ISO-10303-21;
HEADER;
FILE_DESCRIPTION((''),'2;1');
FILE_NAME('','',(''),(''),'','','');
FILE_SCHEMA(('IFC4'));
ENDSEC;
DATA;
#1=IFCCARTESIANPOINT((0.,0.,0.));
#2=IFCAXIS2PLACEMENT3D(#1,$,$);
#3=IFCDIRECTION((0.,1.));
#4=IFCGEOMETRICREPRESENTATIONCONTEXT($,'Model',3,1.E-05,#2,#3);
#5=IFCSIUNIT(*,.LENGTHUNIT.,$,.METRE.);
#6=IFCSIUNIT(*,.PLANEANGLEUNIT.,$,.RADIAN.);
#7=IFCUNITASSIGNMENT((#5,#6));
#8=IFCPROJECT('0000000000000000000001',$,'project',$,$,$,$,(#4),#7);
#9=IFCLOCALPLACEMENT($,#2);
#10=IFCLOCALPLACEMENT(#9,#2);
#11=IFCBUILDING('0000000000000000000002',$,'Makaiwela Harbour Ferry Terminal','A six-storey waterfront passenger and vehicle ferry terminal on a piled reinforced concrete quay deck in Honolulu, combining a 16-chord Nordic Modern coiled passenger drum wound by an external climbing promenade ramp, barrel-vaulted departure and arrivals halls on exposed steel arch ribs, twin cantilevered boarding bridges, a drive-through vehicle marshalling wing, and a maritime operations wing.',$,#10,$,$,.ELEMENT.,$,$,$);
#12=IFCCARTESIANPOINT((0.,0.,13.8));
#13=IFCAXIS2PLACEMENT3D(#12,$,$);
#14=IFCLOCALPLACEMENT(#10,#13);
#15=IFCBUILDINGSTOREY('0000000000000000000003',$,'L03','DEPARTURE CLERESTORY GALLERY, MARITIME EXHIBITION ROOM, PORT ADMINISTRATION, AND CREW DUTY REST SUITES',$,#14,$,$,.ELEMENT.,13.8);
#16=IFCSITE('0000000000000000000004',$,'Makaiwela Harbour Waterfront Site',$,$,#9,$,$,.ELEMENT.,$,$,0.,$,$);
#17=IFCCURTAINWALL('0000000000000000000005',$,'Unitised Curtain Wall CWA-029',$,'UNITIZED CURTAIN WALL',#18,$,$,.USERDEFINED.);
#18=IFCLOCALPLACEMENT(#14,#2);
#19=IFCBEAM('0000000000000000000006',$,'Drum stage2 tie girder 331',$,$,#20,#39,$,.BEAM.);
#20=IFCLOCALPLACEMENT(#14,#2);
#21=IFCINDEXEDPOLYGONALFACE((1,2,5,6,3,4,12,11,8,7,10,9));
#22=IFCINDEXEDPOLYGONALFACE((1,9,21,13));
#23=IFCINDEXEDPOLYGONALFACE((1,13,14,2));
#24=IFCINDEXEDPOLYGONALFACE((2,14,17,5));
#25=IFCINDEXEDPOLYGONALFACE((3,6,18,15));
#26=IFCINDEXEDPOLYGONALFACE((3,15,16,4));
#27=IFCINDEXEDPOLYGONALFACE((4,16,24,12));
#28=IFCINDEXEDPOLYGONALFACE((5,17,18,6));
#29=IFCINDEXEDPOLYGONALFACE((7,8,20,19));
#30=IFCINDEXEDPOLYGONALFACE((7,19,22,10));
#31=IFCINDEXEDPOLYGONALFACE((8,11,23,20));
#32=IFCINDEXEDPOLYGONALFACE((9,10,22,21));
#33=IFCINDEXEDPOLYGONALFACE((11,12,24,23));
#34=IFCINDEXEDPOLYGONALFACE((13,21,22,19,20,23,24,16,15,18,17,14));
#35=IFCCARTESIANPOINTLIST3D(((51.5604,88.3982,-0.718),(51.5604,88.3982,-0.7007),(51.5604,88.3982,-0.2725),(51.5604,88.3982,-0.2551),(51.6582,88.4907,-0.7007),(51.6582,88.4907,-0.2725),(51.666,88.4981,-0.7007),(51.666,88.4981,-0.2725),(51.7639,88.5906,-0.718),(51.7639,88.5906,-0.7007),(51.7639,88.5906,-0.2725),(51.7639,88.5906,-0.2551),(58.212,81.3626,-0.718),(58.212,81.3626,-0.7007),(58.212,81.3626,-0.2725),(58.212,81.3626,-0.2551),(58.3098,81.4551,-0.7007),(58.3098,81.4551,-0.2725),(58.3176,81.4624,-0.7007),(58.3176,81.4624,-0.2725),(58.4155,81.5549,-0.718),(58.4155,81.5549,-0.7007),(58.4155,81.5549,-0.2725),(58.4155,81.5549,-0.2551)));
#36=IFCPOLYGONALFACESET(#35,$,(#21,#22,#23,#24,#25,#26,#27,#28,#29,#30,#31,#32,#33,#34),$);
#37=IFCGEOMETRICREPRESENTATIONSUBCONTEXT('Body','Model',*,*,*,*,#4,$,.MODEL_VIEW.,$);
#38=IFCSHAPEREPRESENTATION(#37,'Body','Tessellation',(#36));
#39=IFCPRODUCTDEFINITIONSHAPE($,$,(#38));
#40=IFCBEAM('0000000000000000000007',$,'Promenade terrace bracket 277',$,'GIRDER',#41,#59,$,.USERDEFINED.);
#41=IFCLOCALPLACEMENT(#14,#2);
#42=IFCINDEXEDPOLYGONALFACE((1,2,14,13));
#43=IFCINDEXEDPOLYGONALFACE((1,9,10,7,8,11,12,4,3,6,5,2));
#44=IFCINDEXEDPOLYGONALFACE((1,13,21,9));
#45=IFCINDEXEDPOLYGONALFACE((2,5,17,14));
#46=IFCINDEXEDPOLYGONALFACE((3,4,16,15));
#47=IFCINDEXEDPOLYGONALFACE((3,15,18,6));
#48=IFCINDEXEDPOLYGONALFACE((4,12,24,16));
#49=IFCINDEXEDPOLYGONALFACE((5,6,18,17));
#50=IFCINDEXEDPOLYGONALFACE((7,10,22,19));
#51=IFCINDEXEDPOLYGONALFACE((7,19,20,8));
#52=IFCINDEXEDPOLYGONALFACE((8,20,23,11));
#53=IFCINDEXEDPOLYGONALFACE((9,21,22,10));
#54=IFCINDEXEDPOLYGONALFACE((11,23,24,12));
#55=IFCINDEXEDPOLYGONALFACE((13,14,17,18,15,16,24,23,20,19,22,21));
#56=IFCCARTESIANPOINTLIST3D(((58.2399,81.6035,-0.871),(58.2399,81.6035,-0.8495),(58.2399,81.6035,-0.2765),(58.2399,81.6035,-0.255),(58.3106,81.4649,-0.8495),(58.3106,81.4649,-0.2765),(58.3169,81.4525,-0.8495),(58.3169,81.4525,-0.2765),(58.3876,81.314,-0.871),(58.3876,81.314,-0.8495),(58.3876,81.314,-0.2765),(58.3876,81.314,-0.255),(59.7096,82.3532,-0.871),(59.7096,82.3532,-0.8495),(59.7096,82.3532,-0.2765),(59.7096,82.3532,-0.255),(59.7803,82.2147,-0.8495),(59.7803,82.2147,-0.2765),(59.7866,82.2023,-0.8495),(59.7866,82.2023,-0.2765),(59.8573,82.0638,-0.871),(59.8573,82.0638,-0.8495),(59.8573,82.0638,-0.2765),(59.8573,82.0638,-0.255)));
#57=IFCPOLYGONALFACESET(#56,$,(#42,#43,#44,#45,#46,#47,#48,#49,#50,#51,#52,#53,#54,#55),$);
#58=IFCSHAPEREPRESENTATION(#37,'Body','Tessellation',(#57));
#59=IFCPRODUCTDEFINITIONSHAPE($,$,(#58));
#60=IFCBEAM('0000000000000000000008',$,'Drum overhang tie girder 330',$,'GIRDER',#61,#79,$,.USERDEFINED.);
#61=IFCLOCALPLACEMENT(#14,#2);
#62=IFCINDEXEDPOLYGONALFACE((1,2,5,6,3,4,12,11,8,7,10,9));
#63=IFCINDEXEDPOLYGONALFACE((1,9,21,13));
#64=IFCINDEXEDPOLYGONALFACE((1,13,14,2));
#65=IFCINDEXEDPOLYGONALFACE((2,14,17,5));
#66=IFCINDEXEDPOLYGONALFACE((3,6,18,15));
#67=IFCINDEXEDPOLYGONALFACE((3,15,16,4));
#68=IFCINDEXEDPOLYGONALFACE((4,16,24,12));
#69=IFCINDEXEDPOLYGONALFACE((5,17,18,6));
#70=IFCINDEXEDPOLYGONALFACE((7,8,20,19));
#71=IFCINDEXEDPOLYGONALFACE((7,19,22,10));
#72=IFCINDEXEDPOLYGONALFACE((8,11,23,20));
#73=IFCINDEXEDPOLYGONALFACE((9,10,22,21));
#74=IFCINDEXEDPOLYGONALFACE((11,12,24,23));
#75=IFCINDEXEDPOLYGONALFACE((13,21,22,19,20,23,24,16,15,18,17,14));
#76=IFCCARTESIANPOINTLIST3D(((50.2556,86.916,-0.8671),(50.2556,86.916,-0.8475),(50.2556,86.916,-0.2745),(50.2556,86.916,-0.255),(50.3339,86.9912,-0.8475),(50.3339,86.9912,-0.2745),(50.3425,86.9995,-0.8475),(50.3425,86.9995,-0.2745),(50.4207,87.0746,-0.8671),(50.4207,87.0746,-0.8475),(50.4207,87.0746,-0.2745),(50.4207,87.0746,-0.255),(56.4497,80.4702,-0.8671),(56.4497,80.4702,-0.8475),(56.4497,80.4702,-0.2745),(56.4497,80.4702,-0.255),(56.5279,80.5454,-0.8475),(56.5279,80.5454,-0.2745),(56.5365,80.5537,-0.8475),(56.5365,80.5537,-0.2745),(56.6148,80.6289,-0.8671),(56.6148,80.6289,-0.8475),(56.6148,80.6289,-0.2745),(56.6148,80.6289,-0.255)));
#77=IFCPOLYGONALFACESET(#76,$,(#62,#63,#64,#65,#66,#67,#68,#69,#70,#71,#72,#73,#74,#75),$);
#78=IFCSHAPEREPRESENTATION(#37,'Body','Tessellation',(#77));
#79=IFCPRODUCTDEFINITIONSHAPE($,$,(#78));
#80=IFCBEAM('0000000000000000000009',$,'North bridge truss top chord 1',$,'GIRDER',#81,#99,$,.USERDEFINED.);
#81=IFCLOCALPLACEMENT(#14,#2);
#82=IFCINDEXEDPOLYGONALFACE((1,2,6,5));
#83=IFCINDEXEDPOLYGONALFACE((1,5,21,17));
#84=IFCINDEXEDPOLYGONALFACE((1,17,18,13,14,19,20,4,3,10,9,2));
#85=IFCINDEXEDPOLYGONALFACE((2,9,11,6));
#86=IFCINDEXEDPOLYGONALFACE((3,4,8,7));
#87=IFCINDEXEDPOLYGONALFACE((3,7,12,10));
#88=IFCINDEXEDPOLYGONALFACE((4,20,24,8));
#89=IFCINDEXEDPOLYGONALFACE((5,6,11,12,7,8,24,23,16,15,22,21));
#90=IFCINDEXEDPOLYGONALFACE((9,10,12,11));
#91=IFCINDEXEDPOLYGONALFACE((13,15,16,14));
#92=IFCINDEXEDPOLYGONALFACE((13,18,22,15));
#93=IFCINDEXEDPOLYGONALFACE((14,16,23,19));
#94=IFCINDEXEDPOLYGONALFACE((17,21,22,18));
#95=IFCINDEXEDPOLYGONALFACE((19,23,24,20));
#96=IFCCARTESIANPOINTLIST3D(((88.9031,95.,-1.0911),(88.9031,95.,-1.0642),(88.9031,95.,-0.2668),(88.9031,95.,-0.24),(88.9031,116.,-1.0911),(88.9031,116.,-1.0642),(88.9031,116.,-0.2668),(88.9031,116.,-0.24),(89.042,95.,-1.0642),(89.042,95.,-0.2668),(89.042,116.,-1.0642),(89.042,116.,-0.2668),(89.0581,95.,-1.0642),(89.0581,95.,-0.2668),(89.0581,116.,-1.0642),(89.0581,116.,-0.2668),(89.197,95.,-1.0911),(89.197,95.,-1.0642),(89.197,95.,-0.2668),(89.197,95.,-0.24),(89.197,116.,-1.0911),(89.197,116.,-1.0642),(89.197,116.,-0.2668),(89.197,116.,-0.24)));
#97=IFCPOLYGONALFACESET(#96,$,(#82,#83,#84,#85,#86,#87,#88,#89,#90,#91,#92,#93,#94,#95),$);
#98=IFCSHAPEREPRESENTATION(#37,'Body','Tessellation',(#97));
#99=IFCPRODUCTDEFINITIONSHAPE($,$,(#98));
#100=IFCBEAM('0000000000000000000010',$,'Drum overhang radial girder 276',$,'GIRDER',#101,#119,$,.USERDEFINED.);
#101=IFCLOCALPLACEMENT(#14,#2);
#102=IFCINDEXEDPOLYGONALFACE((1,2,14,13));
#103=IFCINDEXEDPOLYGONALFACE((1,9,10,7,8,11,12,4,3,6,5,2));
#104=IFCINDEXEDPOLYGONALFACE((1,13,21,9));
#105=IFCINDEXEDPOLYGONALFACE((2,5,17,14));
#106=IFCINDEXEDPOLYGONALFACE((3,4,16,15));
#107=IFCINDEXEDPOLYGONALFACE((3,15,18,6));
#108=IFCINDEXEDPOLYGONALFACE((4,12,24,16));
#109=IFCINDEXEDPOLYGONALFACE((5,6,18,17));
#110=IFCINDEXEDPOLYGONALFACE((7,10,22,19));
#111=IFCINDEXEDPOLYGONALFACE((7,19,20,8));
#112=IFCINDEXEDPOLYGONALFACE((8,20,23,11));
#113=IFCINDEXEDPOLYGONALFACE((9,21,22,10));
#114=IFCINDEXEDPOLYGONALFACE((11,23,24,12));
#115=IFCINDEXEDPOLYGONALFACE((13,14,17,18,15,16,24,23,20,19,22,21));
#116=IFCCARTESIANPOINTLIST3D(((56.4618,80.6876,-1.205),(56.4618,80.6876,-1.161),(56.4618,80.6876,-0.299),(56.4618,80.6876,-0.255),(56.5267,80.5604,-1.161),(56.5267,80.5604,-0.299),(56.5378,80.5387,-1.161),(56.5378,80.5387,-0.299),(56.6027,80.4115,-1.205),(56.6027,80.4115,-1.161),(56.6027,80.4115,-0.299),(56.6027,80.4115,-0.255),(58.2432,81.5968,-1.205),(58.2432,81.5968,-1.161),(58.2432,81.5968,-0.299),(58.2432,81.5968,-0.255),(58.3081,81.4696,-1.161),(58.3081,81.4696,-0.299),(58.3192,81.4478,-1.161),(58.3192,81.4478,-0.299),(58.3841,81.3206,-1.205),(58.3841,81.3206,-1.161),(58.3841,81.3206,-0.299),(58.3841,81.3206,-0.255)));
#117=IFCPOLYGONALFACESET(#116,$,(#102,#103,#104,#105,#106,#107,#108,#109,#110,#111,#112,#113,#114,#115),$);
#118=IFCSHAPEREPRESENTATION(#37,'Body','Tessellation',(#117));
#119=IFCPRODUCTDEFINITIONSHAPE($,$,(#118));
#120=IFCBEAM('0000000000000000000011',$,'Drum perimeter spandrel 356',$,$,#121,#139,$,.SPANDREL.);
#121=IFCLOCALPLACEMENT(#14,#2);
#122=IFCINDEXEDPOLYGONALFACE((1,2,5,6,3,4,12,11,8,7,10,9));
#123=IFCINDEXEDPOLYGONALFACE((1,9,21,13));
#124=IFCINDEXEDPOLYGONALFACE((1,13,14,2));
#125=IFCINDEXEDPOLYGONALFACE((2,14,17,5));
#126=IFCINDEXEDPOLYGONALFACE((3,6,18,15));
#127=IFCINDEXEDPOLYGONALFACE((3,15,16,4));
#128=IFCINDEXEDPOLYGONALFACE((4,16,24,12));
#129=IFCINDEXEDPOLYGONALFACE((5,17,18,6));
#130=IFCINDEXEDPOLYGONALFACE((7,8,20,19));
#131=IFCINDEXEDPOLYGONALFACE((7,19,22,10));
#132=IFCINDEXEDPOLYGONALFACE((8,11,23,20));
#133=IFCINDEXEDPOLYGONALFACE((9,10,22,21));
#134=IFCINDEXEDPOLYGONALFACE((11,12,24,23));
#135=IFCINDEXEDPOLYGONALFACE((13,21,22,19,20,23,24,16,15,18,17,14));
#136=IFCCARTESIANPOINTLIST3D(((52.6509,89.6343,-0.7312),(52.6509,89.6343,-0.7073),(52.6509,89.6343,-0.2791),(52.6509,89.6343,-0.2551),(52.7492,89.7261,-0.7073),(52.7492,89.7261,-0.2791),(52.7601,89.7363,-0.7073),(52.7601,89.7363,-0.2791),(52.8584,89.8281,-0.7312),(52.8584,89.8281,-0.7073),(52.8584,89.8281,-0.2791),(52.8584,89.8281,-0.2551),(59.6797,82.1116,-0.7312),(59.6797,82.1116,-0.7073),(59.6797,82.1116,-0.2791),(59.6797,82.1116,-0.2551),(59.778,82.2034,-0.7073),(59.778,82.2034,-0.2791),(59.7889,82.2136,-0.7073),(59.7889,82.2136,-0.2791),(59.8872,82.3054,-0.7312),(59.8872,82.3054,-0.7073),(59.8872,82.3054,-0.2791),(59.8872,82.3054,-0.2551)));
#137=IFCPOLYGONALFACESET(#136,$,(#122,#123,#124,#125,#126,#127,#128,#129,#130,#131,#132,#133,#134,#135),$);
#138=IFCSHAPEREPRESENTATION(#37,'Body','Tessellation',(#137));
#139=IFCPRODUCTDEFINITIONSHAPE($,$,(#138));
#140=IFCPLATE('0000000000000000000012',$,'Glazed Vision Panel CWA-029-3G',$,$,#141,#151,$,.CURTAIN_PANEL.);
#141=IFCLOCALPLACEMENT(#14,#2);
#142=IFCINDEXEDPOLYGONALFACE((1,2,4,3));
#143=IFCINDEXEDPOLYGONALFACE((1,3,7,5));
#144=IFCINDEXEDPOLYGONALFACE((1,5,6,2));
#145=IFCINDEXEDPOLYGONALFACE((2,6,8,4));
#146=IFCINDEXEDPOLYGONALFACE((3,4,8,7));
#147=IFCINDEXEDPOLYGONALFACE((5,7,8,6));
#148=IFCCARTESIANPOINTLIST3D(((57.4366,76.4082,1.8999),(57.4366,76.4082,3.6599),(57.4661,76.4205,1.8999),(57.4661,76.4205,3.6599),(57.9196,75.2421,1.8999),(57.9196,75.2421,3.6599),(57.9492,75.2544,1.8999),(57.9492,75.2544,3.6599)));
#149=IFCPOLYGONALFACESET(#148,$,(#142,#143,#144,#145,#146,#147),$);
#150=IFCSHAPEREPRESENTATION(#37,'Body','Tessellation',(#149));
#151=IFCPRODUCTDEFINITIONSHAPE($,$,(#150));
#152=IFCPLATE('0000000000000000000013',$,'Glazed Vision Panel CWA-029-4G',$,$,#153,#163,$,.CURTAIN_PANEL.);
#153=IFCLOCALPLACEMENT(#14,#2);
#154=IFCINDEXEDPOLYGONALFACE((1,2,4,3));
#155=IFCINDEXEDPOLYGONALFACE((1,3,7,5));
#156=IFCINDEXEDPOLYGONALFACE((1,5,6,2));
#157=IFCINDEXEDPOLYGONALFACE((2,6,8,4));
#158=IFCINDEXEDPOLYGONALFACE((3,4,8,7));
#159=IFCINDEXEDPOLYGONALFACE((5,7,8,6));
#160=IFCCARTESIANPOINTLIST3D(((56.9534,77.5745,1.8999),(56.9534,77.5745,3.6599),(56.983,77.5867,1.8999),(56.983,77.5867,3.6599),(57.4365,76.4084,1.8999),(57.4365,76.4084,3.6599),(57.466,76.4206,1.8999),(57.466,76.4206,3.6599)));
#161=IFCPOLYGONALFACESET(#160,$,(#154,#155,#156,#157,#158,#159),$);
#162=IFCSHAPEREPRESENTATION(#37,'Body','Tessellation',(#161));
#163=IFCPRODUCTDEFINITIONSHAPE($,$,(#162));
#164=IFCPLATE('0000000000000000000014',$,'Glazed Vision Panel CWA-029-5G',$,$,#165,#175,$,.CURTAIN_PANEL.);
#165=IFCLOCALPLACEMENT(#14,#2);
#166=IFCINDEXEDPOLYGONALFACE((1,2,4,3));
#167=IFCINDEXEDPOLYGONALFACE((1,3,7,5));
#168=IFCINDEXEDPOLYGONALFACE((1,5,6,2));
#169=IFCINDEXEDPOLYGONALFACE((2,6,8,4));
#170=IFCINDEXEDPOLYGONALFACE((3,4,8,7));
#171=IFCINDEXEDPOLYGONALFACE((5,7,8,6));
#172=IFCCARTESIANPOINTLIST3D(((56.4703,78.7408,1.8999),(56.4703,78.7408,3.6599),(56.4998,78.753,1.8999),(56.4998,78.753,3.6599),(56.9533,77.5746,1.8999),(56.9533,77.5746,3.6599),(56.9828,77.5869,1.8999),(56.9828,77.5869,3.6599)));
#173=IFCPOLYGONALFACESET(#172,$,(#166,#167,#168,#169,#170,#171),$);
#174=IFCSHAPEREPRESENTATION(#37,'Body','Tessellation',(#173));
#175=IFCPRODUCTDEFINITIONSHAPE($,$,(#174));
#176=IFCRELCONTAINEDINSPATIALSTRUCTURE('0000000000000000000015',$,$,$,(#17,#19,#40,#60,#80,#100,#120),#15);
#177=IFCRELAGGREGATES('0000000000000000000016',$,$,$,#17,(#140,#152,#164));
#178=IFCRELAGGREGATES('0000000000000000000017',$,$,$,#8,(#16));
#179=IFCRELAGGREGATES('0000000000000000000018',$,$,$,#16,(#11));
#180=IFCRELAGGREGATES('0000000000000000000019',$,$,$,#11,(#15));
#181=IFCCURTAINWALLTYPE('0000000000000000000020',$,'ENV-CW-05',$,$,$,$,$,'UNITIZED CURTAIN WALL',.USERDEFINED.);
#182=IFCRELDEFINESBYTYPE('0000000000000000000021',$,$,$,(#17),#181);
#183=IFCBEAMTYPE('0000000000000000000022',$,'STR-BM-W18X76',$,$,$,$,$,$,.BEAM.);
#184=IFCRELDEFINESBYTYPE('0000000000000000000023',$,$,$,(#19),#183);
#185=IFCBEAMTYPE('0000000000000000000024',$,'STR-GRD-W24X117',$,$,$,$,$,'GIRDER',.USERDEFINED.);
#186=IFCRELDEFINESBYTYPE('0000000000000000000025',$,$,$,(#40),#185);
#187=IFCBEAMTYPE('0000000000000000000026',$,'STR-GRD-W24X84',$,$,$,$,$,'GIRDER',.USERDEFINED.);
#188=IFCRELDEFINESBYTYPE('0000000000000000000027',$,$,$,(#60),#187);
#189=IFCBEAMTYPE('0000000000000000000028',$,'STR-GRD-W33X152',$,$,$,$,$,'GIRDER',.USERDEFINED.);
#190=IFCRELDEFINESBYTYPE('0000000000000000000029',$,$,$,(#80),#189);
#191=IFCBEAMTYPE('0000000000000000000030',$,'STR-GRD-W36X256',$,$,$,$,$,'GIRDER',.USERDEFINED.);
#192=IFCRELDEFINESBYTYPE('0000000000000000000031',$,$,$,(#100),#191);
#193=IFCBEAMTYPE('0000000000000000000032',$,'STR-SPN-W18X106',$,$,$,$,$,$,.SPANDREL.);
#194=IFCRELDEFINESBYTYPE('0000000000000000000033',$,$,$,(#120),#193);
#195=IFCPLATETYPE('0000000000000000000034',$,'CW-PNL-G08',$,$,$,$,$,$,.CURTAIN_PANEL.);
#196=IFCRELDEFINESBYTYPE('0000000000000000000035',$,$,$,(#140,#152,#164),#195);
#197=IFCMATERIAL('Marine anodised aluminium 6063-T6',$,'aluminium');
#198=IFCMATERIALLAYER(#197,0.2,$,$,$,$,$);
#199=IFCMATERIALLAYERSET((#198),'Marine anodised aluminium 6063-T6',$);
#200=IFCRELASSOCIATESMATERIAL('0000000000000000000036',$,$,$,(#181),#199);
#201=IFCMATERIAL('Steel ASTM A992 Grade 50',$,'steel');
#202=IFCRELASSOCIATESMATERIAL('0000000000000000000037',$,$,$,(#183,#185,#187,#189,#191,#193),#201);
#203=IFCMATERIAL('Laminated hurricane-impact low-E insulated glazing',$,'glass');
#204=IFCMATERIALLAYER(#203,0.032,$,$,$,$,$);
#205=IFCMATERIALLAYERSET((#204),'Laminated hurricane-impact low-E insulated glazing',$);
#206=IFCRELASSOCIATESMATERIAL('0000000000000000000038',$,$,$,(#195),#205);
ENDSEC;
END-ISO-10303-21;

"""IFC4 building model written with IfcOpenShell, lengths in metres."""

from ifc_helpers import new_model, si_unit, direction, frame, origin, origin_2d, place, context, subcontext, project, spatial, rectangle, i_section, extrude, material, layer, layer_set, material_profile, profile_set, type_object, element, aggregate, save


model = new_model("IFC4")

# Units and contexts
model_context = context("Model", 3, precision=1e-05, world=origin(), true_north=direction((0.0, 1.0)))
body_context = subcontext(model_context, "Body", "Model", "MODEL_VIEW")
ifc_project = project(units=[si_unit("LENGTHUNIT", "METRE"), si_unit("PLANEANGLEUNIT", "RADIAN")], contexts=[model_context])

# Site, building, storey
site_placement = place(None, origin())
site = spatial("IfcSite", under=ifc_project, at=site_placement, Name="Makaiwela Harbour Waterfront Site", CompositionType="ELEMENT", RefElevation=0.0)
building_placement = place(site_placement, origin())
building = spatial("IfcBuilding", under=site, at=building_placement, Name="Makaiwela Harbour Ferry Terminal", Description="A six-storey waterfront passenger and vehicle ferry terminal on a piled reinforced concrete quay deck in Honolulu, combining a 16-chord Nordic Modern coiled passenger drum wound by an external climbing promenade ramp, barrel-vaulted departure and arrivals halls on exposed steel arch ribs, twin cantilevered boarding bridges, a drive-through vehicle marshalling wing, and a maritime operations wing.", CompositionType="ELEMENT")
storey_placement = place(building_placement, frame((0.0, 0.0, 13.8)))
storey = spatial("IfcBuildingStorey", under=building, at=storey_placement, Name="L03", Description="DEPARTURE CLERESTORY GALLERY, MARITIME EXHIBITION ROOM, PORT ADMINISTRATION, AND CREW DUTY REST SUITES", CompositionType="ELEMENT", Elevation=13.8)

# Curtain wall
ifc_material_1 = material(Name="Marine anodised aluminium 6063-T6", Category="aluminium")
ifc_layer_1 = layer(ifc_material_1, 0.2)
ifc_layer_set_1 = layer_set([ifc_layer_1], Name="Marine anodised aluminium 6063-T6")
curtain_wall_type = type_object("IfcCurtainWallType", Name="ENV-CW-05", ElementType="UNITIZED CURTAIN WALL", PredefinedType="USERDEFINED", material=ifc_layer_set_1)
curtain_wall_placement = place(storey_placement, origin())
curtain_wall = element("IfcCurtainWall", 1, at=curtain_wall_placement, inside=storey, type_object=curtain_wall_type, Name="Unitised Curtain Wall CWA-029", ObjectType="UNITIZED CURTAIN WALL", PredefinedType="USERDEFINED")

# Beams
ifc_material_2 = material(Name="Steel ASTM A992 Grade 50", Category="steel")
ifc_material_profile_1 = material_profile(ifc_material_2, i_section(OverallWidth=0.28, OverallDepth=0.4629, WebThickness=0.0107, FlangeThickness=0.0173, at=origin_2d()), Name="W18X76")
ifc_profile_set_1 = profile_set([ifc_material_profile_1], Name="Steel ASTM A992 Grade 50")
beam_type_1 = type_object("IfcBeamType", Name="STR-BM-W18X76", PredefinedType="BEAM", material=ifc_profile_set_1)
beam_1_placement = place(storey_placement, frame((58.3137, 81.4587, -0.4866), z_axis=(-0.686997, 0.726661, 0.0), x_axis=(-0.726661, -0.686997, 0.0)))
element("IfcBeam", 2, at=beam_1_placement, inside=storey, type_object=beam_type_1, Name="Drum stage2 tie girder 331", PredefinedType="BEAM", context=body_context, shape_type="SweptSolid", body=[
    extrude(i_section(OverallWidth=0.28, OverallDepth=0.4629, WebThickness=0.0107, FlangeThickness=0.0173, at=origin_2d()), origin(), (0.0, 0.0, 1.0), 9.6821),
])
ifc_material_profile_2 = material_profile(ifc_material_2, i_section(OverallWidth=0.325, OverallDepth=0.616, WebThickness=0.0139, FlangeThickness=0.0215, at=origin_2d()), Name="W24X117")
ifc_profile_set_2 = profile_set([ifc_material_profile_2], Name="Steel ASTM A992 Grade 50")
beam_type_2 = type_object("IfcBeamType", Name="STR-GRD-W24X117", ElementType="GIRDER", PredefinedType="USERDEFINED", material=ifc_profile_set_2)
beam_2_placement = place(storey_placement, frame((58.3137, 81.4587, -0.563), z_axis=(0.890788, 0.45442, 0.0), x_axis=(-0.45442, 0.890788, 0.0)))
element("IfcBeam", 3, at=beam_2_placement, inside=storey, type_object=beam_type_2, Name="Promenade terrace bracket 277", ObjectType="GIRDER", PredefinedType="USERDEFINED", context=body_context, shape_type="SweptSolid", body=[
    extrude(i_section(OverallWidth=0.325, OverallDepth=0.616, WebThickness=0.0139, FlangeThickness=0.0215, at=origin_2d()), origin(), (0.0, 0.0, 1.0), 1.6499),
])
ifc_material_profile_3 = material_profile(ifc_material_2, i_section(OverallWidth=0.229, OverallDepth=0.6121, WebThickness=0.012, FlangeThickness=0.0195, at=origin_2d()), Name="W24X84")
ifc_profile_set_3 = profile_set([ifc_material_profile_3], Name="Steel ASTM A992 Grade 50")
beam_type_3 = type_object("IfcBeamType", Name="STR-GRD-W24X84", ElementType="GIRDER", PredefinedType="USERDEFINED", material=ifc_profile_set_3)
beam_3_placement = place(storey_placement, frame((56.5322, 80.5496, -0.561), z_axis=(-0.692888, 0.721045, 0.0), x_axis=(-0.721045, -0.692888, 0.0)))
element("IfcBeam", 4, at=beam_3_placement, inside=storey, type_object=beam_type_3, Name="Drum overhang tie girder 330", ObjectType="GIRDER", PredefinedType="USERDEFINED", context=body_context, shape_type="SweptSolid", body=[
    extrude(i_section(OverallWidth=0.229, OverallDepth=0.6121, WebThickness=0.012, FlangeThickness=0.0195, at=origin_2d()), origin(), (0.0, 0.0, 1.0), 8.9395),
])
ifc_material_profile_4 = material_profile(ifc_material_2, i_section(OverallWidth=0.2939, OverallDepth=0.8511, WebThickness=0.0161, FlangeThickness=0.0269, at=origin_2d()), Name="W33X152")
ifc_profile_set_4 = profile_set([ifc_material_profile_4], Name="Steel ASTM A992 Grade 50")
beam_type_4 = type_object("IfcBeamType", Name="STR-GRD-W33X152", ElementType="GIRDER", PredefinedType="USERDEFINED", material=ifc_profile_set_4)
beam_4_placement = place(storey_placement, frame((89.05, 95.0, -0.6655), z_axis=(0.0, 1.0, 0.0), x_axis=(-1.0, 0.0, 0.0)))
element("IfcBeam", 5, at=beam_4_placement, inside=storey, type_object=beam_type_4, Name="North bridge truss top chord 1", ObjectType="GIRDER", PredefinedType="USERDEFINED", context=body_context, shape_type="SweptSolid", body=[
    extrude(i_section(OverallWidth=0.2939, OverallDepth=0.8511, WebThickness=0.0161, FlangeThickness=0.0269, at=origin_2d()), origin(), (0.0, 0.0, 1.0), 21.0),
])
ifc_material_profile_5 = material_profile(ifc_material_2, i_section(OverallWidth=0.3101, OverallDepth=0.95, WebThickness=0.0244, FlangeThickness=0.0439, at=origin_2d()), Name="W36X256")
ifc_profile_set_5 = profile_set([ifc_material_profile_5], Name="Steel ASTM A992 Grade 50")
beam_type_5 = type_object("IfcBeamType", Name="STR-GRD-W36X256", ElementType="GIRDER", PredefinedType="USERDEFINED", material=ifc_profile_set_5)
beam_5_placement = place(storey_placement, frame((56.5322, 80.5496, -0.73), z_axis=(0.89071, 0.454571, 0.0), x_axis=(-0.454571, 0.89071, 0.0)))
element("IfcBeam", 6, at=beam_5_placement, inside=storey, type_object=beam_type_5, Name="Drum overhang radial girder 276", ObjectType="GIRDER", PredefinedType="USERDEFINED", context=body_context, shape_type="SweptSolid", body=[
    extrude(i_section(OverallWidth=0.3101, OverallDepth=0.95, WebThickness=0.0244, FlangeThickness=0.0439, at=origin_2d()), origin(), (0.0, 0.0, 1.0), 2.0),
])
ifc_material_profile_6 = material_profile(ifc_material_2, i_section(OverallWidth=0.2839, OverallDepth=0.4761, WebThickness=0.0149, FlangeThickness=0.0239, at=origin_2d()), Name="W18X106")
ifc_profile_set_6 = profile_set([ifc_material_profile_6], Name="Steel ASTM A992 Grade 50")
beam_type_6 = type_object("IfcBeamType", Name="STR-SPN-W18X106", PredefinedType="SPANDREL", material=ifc_profile_set_6)
beam_6_placement = place(storey_placement, frame((59.7834, 82.2085, -0.4932), z_axis=(-0.682714, 0.730686, 0.0), x_axis=(-0.730686, -0.682714, 0.0)))
element("IfcBeam", 7, at=beam_6_placement, inside=storey, type_object=beam_type_6, Name="Drum perimeter spandrel 356", PredefinedType="SPANDREL", context=body_context, shape_type="SweptSolid", body=[
    extrude(i_section(OverallWidth=0.2839, OverallDepth=0.4761, WebThickness=0.0149, FlangeThickness=0.0239, at=origin_2d()), origin(), (0.0, 0.0, 1.0), 10.2954),
])

# Plates
ifc_material_3 = material(Name="Laminated hurricane-impact low-E insulated glazing", Category="glass")
ifc_layer_2 = layer(ifc_material_3, 0.032)
ifc_layer_set_2 = layer_set([ifc_layer_2], Name="Laminated hurricane-impact low-E insulated glazing")
plate_type_1 = type_object("IfcPlateType", Name="CW-PNL-G08", PredefinedType="CURTAIN_PANEL", material=ifc_layer_set_2)
plate_1_placement = place(storey_placement, frame((57.6929, 75.8313, 1.8999), z_axis=(0.0, 0.0, 1.0), x_axis=(-0.382683, 0.92388, 0.0)))
plate_1 = element("IfcPlate", 8, at=plate_1_placement, type_object=plate_type_1, Name="Glazed Vision Panel CWA-029-3G", PredefinedType="CURTAIN_PANEL", context=body_context, shape_type="SweptSolid", body=[
    extrude(rectangle(XDim=1.2622, YDim=0.032, at=origin_2d()), origin(), (0.0, 0.0, 1.0), 1.76),
])
plate_2_placement = place(storey_placement, frame((57.2097, 76.9976, 1.8999), z_axis=(0.0, 0.0, 1.0), x_axis=(-0.382683, 0.92388, 0.0)))
plate_2 = element("IfcPlate", 9, at=plate_2_placement, type_object=plate_type_1, Name="Glazed Vision Panel CWA-029-4G", PredefinedType="CURTAIN_PANEL", context=body_context, shape_type="SweptSolid", body=[
    extrude(rectangle(XDim=1.2622, YDim=0.032, at=origin_2d()), origin(), (0.0, 0.0, 1.0), 1.76),
])
plate_3_placement = place(storey_placement, frame((56.7266, 78.1638, 1.8999), z_axis=(0.0, 0.0, 1.0), x_axis=(-0.382683, 0.92388, 0.0)))
plate_3 = element("IfcPlate", 10, at=plate_3_placement, type_object=plate_type_1, Name="Glazed Vision Panel CWA-029-5G", PredefinedType="CURTAIN_PANEL", context=body_context, shape_type="SweptSolid", body=[
    extrude(rectangle(XDim=1.2622, YDim=0.032, at=origin_2d()), origin(), (0.0, 0.0, 1.0), 1.76),
])
aggregate(curtain_wall, [plate_1, plate_2, plate_3])

save(model, "model.ifc")
